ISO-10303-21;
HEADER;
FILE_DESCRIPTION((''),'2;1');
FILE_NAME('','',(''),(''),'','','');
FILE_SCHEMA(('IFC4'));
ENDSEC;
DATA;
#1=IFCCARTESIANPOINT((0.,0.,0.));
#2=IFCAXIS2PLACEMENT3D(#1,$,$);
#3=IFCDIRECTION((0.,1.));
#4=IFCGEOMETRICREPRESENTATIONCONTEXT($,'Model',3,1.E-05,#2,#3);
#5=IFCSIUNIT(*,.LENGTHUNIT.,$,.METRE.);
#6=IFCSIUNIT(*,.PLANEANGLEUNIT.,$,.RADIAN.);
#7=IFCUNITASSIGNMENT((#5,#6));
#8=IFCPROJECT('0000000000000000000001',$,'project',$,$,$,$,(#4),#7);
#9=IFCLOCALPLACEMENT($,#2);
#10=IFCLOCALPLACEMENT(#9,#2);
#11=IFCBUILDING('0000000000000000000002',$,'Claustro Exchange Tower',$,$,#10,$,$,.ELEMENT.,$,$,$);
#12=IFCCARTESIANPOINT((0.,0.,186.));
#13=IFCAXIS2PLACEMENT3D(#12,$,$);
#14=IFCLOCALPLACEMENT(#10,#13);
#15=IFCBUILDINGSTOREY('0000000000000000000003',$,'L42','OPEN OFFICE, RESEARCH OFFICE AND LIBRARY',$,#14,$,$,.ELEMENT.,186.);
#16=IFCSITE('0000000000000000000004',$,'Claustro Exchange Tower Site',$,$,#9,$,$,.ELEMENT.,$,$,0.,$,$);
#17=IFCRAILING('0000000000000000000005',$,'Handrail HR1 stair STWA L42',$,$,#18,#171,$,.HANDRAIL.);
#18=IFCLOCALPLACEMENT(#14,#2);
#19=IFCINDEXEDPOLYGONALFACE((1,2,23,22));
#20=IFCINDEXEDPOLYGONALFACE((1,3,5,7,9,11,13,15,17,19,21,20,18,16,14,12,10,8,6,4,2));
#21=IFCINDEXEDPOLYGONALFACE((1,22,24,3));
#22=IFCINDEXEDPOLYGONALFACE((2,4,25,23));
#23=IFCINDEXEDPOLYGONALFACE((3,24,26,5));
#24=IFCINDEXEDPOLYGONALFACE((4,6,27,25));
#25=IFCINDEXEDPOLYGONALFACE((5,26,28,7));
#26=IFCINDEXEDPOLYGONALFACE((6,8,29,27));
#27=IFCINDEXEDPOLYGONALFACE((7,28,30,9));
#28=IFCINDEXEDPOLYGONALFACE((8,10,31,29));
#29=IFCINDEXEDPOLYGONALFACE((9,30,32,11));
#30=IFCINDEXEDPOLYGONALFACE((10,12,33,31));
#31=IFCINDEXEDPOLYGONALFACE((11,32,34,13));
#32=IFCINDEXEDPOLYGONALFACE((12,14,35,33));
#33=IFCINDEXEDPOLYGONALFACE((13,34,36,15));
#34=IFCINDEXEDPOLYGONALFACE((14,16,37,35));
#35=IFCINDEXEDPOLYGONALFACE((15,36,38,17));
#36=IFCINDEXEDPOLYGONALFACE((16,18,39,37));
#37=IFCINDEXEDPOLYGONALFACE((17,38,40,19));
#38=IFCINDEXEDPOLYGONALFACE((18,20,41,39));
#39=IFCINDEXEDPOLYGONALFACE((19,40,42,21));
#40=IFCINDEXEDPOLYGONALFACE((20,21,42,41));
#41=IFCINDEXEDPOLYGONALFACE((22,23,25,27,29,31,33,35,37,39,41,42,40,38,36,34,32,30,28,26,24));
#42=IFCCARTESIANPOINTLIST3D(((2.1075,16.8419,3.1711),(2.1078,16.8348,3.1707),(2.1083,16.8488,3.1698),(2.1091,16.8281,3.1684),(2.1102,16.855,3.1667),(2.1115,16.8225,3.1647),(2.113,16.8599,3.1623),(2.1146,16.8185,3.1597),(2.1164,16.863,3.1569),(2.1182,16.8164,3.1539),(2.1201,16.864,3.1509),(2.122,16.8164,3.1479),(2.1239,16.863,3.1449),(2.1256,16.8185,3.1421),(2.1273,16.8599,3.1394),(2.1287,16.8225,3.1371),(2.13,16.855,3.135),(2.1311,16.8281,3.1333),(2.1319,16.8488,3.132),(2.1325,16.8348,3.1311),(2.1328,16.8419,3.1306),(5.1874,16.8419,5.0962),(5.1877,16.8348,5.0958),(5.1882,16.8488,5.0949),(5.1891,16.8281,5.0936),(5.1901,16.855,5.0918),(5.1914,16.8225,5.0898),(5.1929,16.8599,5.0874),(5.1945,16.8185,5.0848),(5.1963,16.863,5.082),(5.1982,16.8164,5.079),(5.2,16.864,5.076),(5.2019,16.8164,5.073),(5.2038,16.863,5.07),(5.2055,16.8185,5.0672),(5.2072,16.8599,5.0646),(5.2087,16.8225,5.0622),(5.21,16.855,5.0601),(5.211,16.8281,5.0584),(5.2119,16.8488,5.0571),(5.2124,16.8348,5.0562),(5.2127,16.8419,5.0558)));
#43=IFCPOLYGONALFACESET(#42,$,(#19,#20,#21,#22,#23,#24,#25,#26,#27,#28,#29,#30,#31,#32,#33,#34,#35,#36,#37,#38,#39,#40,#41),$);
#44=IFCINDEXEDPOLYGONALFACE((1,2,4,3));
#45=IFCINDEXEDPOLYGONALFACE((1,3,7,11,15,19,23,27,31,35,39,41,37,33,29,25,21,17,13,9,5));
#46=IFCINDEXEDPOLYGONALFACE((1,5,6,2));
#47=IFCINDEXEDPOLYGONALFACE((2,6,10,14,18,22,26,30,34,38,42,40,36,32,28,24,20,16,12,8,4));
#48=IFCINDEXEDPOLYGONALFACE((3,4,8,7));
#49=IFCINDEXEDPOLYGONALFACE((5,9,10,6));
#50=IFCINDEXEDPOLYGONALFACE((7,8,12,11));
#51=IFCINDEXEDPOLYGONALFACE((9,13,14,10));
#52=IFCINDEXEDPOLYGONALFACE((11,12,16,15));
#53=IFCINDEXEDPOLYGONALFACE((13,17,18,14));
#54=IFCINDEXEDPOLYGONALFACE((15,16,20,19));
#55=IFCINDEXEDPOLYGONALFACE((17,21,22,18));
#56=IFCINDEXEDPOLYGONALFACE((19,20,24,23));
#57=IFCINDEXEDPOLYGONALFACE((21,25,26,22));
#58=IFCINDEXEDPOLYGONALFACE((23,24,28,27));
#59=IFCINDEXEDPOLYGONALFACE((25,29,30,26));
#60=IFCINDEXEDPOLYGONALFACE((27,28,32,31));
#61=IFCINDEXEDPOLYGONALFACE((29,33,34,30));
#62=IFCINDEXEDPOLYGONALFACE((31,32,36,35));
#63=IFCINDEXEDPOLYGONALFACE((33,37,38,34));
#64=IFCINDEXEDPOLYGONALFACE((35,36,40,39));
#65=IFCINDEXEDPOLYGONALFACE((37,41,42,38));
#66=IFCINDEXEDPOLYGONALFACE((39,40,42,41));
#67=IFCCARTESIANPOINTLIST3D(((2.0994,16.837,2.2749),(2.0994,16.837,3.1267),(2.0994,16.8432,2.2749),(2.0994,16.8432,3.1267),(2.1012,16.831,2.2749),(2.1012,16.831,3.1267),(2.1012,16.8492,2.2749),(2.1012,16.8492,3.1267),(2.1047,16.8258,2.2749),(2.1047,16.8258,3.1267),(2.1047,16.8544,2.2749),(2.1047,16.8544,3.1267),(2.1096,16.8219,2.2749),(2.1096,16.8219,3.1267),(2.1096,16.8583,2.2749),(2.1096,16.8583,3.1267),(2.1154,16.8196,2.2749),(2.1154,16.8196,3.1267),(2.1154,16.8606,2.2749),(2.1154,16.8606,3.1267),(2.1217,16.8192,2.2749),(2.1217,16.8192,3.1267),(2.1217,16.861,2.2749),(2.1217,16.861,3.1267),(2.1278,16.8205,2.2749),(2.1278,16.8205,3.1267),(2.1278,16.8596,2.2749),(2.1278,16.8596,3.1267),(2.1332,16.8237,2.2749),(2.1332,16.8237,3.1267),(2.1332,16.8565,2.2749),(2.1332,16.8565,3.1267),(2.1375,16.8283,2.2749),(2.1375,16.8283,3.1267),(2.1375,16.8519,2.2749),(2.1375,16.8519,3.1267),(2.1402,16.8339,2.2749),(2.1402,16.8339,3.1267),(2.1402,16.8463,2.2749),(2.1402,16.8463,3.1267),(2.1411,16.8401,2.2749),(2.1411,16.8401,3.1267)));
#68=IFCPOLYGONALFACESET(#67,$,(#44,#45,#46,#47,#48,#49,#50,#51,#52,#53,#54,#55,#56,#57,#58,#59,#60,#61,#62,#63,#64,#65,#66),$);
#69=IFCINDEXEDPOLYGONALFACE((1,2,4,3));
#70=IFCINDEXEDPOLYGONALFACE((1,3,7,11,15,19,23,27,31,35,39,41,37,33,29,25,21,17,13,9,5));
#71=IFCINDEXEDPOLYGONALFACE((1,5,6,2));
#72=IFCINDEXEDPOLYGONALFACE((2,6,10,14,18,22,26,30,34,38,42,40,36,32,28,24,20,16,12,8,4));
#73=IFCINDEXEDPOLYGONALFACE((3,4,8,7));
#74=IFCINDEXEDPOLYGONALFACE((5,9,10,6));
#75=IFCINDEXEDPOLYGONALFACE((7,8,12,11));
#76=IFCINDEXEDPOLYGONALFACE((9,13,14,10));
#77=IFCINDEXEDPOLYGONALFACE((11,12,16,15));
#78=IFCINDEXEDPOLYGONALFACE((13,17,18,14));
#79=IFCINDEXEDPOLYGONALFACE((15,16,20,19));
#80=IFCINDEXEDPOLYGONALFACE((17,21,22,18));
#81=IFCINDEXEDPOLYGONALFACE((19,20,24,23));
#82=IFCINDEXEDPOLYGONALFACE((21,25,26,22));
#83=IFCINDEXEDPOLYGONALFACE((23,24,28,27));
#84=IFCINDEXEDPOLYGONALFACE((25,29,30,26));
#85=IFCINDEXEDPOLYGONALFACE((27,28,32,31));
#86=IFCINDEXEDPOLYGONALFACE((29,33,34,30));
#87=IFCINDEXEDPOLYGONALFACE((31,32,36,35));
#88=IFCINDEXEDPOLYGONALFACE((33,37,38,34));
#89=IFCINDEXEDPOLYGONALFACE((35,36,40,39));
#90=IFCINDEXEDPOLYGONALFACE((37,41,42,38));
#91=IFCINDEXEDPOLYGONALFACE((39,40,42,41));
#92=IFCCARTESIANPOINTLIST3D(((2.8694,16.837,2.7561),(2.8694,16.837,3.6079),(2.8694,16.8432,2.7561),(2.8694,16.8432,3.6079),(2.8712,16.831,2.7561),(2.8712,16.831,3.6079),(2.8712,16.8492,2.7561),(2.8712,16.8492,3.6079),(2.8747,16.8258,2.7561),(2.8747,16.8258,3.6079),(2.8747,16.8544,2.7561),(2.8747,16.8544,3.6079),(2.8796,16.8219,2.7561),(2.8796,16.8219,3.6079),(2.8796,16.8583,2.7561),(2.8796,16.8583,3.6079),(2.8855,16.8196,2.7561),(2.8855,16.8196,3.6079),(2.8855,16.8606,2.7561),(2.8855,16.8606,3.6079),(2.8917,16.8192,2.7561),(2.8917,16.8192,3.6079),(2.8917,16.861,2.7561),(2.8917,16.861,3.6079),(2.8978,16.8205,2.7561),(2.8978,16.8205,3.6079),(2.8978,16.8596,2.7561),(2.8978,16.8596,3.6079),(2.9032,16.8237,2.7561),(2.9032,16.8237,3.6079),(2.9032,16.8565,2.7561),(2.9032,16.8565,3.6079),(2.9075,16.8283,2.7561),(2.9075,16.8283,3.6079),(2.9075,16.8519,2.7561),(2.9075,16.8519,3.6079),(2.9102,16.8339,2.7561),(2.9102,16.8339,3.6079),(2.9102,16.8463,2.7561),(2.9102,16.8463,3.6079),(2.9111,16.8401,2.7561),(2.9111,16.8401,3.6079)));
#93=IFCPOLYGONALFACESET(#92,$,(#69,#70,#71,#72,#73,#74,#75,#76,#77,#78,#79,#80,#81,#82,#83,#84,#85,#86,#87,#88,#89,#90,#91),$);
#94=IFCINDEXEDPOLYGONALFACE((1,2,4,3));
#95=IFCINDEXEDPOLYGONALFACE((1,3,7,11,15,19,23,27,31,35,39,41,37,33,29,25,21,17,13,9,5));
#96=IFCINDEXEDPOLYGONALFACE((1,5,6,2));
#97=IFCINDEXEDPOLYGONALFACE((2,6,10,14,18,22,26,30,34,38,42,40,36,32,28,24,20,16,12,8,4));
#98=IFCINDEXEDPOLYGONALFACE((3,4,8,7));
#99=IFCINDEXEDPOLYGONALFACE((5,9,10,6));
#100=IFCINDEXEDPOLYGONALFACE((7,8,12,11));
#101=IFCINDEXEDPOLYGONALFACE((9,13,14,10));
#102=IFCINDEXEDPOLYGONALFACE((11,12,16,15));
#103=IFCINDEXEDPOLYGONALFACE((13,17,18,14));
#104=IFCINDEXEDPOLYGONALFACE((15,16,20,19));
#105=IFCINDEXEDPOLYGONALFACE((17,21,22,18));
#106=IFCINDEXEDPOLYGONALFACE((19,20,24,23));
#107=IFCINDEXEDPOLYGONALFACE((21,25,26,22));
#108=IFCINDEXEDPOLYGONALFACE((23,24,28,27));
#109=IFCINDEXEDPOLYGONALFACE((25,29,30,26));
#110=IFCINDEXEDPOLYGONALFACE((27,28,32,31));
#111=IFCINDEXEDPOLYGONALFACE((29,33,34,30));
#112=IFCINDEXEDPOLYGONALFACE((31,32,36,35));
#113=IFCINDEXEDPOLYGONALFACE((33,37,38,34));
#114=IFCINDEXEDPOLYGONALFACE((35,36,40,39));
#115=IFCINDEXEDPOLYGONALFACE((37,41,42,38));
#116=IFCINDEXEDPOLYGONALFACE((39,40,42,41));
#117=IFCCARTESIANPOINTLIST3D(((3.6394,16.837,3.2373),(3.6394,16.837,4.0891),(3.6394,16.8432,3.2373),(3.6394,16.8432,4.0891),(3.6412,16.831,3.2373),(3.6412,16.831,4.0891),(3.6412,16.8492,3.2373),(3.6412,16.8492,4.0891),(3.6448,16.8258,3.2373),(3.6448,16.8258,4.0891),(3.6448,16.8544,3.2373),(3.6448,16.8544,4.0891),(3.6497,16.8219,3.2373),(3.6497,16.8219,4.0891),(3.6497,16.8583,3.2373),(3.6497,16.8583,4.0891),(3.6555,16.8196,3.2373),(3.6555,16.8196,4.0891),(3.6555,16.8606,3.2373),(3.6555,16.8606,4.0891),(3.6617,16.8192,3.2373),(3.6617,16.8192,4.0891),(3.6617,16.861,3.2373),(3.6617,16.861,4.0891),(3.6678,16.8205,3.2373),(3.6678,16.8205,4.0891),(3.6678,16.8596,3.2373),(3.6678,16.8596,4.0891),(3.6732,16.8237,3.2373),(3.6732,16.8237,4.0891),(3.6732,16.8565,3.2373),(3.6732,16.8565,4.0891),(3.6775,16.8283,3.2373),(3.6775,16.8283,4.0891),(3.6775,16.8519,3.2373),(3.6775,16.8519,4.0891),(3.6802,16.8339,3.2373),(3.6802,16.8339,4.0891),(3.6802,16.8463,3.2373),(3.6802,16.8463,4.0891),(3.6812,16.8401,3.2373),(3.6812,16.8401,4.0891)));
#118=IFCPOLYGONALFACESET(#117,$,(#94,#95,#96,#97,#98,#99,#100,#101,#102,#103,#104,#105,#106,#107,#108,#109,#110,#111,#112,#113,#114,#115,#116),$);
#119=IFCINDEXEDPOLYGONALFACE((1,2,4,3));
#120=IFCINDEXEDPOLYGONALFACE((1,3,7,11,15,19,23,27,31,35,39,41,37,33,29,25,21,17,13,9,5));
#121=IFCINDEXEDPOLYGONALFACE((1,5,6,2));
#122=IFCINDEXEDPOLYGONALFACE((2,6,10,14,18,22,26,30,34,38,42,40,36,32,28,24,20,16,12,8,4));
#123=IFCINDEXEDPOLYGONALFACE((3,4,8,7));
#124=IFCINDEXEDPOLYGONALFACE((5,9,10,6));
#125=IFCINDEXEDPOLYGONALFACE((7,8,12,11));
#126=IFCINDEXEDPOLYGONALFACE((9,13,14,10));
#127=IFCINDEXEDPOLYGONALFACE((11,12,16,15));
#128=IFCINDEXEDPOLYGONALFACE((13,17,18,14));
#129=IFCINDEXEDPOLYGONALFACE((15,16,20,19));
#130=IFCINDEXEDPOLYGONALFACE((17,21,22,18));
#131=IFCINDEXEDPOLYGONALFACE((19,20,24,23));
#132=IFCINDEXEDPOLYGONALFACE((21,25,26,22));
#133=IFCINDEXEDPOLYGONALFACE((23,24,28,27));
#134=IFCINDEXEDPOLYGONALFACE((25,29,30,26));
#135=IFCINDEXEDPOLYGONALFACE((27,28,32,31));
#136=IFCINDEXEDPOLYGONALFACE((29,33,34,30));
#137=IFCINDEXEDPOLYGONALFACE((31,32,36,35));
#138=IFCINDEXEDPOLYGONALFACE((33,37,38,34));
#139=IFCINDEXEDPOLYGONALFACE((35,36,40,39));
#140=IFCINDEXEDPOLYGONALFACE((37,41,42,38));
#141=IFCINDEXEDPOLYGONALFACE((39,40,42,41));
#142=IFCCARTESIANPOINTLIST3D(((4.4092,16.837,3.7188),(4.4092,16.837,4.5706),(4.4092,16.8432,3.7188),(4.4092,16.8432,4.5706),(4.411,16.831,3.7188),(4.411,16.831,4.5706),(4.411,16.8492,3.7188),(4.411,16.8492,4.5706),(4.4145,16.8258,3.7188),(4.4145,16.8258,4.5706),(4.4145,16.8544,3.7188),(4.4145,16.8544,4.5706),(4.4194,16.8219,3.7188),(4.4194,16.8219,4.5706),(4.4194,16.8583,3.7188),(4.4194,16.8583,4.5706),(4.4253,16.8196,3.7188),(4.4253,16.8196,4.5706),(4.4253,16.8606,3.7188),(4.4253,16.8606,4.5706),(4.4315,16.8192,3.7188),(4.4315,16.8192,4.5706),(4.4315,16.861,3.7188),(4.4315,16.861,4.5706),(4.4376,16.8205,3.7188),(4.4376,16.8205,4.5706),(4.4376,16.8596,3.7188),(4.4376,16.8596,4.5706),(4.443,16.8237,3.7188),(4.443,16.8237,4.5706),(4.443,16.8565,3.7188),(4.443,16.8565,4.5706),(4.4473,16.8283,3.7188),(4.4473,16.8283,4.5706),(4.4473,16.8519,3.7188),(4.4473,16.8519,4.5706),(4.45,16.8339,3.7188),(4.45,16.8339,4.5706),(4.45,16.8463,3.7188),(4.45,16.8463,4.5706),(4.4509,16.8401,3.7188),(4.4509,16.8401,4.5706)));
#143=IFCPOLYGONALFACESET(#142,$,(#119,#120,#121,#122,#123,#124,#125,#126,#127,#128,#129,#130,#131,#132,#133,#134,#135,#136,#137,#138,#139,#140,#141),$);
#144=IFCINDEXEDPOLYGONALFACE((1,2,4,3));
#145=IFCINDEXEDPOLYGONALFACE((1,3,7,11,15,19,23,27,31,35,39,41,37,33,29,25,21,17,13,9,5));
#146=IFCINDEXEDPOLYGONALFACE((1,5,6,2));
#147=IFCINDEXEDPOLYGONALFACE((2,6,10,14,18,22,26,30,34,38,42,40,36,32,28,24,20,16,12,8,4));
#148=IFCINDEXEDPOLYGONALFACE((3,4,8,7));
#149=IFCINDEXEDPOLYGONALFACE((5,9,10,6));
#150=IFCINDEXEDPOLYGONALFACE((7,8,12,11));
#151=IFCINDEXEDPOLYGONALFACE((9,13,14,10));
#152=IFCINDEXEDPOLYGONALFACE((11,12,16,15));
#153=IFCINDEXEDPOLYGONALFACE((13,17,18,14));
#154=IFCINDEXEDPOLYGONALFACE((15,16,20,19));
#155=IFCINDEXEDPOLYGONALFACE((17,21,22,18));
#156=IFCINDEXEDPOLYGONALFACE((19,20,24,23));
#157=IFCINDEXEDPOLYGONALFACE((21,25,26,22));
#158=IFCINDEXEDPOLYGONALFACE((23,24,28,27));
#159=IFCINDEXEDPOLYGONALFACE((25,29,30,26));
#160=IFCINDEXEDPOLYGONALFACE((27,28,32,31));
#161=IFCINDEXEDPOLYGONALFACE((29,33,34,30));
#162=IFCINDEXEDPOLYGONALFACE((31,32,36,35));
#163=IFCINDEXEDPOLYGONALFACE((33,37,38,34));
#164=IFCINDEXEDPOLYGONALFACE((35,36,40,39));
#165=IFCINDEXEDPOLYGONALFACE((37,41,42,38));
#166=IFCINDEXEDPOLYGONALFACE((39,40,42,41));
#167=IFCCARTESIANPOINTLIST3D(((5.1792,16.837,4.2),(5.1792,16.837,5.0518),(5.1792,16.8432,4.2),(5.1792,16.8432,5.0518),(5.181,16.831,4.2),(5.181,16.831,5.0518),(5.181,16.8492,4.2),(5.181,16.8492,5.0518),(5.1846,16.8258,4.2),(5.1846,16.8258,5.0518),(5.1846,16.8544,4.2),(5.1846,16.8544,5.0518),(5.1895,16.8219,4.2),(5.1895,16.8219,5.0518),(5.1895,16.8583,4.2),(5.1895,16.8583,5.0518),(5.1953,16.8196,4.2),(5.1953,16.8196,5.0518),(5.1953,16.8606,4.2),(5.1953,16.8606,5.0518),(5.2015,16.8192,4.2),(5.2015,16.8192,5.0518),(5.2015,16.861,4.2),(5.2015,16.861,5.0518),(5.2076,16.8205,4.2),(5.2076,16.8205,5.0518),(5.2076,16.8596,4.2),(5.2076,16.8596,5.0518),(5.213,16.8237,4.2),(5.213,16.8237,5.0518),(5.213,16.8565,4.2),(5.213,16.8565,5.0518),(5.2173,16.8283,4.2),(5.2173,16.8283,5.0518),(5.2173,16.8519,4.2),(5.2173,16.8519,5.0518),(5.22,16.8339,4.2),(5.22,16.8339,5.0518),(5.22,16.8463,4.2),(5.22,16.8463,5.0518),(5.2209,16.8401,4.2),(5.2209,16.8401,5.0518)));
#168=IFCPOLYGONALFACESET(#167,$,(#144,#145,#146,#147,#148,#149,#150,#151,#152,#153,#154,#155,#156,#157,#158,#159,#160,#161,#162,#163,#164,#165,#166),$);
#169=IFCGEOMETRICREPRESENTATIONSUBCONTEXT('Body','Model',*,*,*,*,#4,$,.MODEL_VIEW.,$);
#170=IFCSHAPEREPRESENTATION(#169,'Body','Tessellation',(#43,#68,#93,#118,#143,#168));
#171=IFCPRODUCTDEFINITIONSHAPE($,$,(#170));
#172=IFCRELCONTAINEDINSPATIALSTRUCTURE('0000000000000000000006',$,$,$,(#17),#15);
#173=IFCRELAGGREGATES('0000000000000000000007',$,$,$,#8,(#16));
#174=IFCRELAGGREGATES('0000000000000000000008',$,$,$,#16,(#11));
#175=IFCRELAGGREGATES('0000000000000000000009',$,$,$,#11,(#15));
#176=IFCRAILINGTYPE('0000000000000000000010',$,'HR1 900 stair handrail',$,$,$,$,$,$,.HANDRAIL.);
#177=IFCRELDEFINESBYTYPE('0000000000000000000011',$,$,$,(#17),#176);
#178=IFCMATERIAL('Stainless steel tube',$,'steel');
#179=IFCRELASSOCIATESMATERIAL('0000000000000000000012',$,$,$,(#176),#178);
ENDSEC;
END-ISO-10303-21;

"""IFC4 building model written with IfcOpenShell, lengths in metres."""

from ifc_helpers import new_model, si_unit, direction, frame, origin, origin_2d, place, context, subcontext, project, spatial, circle, extrude, material, type_object, element, save


model = new_model("IFC4")

# Units and contexts
model_context = context("Model", 3, precision=1e-05, world=origin(), true_north=direction((0.0, 1.0)))
body_context = subcontext(model_context, "Body", "Model", "MODEL_VIEW")
ifc_project = project(units=[si_unit("LENGTHUNIT", "METRE"), si_unit("PLANEANGLEUNIT", "RADIAN")], contexts=[model_context])

# Site, building, storey
site_placement = place(None, origin())
site = spatial("IfcSite", under=ifc_project, at=site_placement, Name="Claustro Exchange Tower Site", CompositionType="ELEMENT", RefElevation=0.0)
building_placement = place(site_placement, origin())
building = spatial("IfcBuilding", under=site, at=building_placement, Name="Claustro Exchange Tower", CompositionType="ELEMENT")
storey_placement = place(building_placement, frame((0.0, 0.0, 186.0)))
storey = spatial("IfcBuildingStorey", under=building, at=storey_placement, Name="L42", Description="OPEN OFFICE, RESEARCH OFFICE AND LIBRARY", CompositionType="ELEMENT", Elevation=186.0)

# Railing
ifc_material_1 = material(Name="Stainless steel tube", Category="steel")
railing_type = type_object("IfcRailingType", Name="HR1 900 stair handrail", PredefinedType="HANDRAIL", material=ifc_material_1)
railing_placement = place(storey_placement, frame((2.1201, 16.8401, 2.2749)))
element("IfcRailing", 1, at=railing_placement, inside=storey, type_object=railing_type, Name="Handrail HR1 stair STWA L42", PredefinedType="HANDRAIL", context=body_context, shape_type="SweptSolid", body=[
    extrude(circle(Radius=0.0239, at=origin_2d()), frame((0.0, 0.0, 0.876), z_axis=(0.847979, 0.0, 0.530029), x_axis=(0.0, 1.0, 0.0)), (0.0, 0.0, 1.0), 3.6321),
    extrude(circle(Radius=0.021, at=origin_2d()), origin(), (0.0, 0.0, 1.0), 0.8518),
    extrude(circle(Radius=0.021, at=origin_2d()), frame((0.77, 0.0, 0.4812)), (0.0, 0.0, 1.0), 0.8518),
    extrude(circle(Radius=0.021, at=origin_2d()), frame((1.54, 0.0, 0.9624)), (0.0, 0.0, 1.0), 0.8518),
    extrude(circle(Radius=0.021, at=origin_2d()), frame((2.3098, 0.0, 1.4438)), (0.0, 0.0, 1.0), 0.8518),
    extrude(circle(Radius=0.021, at=origin_2d()), frame((3.0798, 0.0, 1.925)), (0.0, 0.0, 1.0), 0.8518),
])

save(model, "model.ifc")
